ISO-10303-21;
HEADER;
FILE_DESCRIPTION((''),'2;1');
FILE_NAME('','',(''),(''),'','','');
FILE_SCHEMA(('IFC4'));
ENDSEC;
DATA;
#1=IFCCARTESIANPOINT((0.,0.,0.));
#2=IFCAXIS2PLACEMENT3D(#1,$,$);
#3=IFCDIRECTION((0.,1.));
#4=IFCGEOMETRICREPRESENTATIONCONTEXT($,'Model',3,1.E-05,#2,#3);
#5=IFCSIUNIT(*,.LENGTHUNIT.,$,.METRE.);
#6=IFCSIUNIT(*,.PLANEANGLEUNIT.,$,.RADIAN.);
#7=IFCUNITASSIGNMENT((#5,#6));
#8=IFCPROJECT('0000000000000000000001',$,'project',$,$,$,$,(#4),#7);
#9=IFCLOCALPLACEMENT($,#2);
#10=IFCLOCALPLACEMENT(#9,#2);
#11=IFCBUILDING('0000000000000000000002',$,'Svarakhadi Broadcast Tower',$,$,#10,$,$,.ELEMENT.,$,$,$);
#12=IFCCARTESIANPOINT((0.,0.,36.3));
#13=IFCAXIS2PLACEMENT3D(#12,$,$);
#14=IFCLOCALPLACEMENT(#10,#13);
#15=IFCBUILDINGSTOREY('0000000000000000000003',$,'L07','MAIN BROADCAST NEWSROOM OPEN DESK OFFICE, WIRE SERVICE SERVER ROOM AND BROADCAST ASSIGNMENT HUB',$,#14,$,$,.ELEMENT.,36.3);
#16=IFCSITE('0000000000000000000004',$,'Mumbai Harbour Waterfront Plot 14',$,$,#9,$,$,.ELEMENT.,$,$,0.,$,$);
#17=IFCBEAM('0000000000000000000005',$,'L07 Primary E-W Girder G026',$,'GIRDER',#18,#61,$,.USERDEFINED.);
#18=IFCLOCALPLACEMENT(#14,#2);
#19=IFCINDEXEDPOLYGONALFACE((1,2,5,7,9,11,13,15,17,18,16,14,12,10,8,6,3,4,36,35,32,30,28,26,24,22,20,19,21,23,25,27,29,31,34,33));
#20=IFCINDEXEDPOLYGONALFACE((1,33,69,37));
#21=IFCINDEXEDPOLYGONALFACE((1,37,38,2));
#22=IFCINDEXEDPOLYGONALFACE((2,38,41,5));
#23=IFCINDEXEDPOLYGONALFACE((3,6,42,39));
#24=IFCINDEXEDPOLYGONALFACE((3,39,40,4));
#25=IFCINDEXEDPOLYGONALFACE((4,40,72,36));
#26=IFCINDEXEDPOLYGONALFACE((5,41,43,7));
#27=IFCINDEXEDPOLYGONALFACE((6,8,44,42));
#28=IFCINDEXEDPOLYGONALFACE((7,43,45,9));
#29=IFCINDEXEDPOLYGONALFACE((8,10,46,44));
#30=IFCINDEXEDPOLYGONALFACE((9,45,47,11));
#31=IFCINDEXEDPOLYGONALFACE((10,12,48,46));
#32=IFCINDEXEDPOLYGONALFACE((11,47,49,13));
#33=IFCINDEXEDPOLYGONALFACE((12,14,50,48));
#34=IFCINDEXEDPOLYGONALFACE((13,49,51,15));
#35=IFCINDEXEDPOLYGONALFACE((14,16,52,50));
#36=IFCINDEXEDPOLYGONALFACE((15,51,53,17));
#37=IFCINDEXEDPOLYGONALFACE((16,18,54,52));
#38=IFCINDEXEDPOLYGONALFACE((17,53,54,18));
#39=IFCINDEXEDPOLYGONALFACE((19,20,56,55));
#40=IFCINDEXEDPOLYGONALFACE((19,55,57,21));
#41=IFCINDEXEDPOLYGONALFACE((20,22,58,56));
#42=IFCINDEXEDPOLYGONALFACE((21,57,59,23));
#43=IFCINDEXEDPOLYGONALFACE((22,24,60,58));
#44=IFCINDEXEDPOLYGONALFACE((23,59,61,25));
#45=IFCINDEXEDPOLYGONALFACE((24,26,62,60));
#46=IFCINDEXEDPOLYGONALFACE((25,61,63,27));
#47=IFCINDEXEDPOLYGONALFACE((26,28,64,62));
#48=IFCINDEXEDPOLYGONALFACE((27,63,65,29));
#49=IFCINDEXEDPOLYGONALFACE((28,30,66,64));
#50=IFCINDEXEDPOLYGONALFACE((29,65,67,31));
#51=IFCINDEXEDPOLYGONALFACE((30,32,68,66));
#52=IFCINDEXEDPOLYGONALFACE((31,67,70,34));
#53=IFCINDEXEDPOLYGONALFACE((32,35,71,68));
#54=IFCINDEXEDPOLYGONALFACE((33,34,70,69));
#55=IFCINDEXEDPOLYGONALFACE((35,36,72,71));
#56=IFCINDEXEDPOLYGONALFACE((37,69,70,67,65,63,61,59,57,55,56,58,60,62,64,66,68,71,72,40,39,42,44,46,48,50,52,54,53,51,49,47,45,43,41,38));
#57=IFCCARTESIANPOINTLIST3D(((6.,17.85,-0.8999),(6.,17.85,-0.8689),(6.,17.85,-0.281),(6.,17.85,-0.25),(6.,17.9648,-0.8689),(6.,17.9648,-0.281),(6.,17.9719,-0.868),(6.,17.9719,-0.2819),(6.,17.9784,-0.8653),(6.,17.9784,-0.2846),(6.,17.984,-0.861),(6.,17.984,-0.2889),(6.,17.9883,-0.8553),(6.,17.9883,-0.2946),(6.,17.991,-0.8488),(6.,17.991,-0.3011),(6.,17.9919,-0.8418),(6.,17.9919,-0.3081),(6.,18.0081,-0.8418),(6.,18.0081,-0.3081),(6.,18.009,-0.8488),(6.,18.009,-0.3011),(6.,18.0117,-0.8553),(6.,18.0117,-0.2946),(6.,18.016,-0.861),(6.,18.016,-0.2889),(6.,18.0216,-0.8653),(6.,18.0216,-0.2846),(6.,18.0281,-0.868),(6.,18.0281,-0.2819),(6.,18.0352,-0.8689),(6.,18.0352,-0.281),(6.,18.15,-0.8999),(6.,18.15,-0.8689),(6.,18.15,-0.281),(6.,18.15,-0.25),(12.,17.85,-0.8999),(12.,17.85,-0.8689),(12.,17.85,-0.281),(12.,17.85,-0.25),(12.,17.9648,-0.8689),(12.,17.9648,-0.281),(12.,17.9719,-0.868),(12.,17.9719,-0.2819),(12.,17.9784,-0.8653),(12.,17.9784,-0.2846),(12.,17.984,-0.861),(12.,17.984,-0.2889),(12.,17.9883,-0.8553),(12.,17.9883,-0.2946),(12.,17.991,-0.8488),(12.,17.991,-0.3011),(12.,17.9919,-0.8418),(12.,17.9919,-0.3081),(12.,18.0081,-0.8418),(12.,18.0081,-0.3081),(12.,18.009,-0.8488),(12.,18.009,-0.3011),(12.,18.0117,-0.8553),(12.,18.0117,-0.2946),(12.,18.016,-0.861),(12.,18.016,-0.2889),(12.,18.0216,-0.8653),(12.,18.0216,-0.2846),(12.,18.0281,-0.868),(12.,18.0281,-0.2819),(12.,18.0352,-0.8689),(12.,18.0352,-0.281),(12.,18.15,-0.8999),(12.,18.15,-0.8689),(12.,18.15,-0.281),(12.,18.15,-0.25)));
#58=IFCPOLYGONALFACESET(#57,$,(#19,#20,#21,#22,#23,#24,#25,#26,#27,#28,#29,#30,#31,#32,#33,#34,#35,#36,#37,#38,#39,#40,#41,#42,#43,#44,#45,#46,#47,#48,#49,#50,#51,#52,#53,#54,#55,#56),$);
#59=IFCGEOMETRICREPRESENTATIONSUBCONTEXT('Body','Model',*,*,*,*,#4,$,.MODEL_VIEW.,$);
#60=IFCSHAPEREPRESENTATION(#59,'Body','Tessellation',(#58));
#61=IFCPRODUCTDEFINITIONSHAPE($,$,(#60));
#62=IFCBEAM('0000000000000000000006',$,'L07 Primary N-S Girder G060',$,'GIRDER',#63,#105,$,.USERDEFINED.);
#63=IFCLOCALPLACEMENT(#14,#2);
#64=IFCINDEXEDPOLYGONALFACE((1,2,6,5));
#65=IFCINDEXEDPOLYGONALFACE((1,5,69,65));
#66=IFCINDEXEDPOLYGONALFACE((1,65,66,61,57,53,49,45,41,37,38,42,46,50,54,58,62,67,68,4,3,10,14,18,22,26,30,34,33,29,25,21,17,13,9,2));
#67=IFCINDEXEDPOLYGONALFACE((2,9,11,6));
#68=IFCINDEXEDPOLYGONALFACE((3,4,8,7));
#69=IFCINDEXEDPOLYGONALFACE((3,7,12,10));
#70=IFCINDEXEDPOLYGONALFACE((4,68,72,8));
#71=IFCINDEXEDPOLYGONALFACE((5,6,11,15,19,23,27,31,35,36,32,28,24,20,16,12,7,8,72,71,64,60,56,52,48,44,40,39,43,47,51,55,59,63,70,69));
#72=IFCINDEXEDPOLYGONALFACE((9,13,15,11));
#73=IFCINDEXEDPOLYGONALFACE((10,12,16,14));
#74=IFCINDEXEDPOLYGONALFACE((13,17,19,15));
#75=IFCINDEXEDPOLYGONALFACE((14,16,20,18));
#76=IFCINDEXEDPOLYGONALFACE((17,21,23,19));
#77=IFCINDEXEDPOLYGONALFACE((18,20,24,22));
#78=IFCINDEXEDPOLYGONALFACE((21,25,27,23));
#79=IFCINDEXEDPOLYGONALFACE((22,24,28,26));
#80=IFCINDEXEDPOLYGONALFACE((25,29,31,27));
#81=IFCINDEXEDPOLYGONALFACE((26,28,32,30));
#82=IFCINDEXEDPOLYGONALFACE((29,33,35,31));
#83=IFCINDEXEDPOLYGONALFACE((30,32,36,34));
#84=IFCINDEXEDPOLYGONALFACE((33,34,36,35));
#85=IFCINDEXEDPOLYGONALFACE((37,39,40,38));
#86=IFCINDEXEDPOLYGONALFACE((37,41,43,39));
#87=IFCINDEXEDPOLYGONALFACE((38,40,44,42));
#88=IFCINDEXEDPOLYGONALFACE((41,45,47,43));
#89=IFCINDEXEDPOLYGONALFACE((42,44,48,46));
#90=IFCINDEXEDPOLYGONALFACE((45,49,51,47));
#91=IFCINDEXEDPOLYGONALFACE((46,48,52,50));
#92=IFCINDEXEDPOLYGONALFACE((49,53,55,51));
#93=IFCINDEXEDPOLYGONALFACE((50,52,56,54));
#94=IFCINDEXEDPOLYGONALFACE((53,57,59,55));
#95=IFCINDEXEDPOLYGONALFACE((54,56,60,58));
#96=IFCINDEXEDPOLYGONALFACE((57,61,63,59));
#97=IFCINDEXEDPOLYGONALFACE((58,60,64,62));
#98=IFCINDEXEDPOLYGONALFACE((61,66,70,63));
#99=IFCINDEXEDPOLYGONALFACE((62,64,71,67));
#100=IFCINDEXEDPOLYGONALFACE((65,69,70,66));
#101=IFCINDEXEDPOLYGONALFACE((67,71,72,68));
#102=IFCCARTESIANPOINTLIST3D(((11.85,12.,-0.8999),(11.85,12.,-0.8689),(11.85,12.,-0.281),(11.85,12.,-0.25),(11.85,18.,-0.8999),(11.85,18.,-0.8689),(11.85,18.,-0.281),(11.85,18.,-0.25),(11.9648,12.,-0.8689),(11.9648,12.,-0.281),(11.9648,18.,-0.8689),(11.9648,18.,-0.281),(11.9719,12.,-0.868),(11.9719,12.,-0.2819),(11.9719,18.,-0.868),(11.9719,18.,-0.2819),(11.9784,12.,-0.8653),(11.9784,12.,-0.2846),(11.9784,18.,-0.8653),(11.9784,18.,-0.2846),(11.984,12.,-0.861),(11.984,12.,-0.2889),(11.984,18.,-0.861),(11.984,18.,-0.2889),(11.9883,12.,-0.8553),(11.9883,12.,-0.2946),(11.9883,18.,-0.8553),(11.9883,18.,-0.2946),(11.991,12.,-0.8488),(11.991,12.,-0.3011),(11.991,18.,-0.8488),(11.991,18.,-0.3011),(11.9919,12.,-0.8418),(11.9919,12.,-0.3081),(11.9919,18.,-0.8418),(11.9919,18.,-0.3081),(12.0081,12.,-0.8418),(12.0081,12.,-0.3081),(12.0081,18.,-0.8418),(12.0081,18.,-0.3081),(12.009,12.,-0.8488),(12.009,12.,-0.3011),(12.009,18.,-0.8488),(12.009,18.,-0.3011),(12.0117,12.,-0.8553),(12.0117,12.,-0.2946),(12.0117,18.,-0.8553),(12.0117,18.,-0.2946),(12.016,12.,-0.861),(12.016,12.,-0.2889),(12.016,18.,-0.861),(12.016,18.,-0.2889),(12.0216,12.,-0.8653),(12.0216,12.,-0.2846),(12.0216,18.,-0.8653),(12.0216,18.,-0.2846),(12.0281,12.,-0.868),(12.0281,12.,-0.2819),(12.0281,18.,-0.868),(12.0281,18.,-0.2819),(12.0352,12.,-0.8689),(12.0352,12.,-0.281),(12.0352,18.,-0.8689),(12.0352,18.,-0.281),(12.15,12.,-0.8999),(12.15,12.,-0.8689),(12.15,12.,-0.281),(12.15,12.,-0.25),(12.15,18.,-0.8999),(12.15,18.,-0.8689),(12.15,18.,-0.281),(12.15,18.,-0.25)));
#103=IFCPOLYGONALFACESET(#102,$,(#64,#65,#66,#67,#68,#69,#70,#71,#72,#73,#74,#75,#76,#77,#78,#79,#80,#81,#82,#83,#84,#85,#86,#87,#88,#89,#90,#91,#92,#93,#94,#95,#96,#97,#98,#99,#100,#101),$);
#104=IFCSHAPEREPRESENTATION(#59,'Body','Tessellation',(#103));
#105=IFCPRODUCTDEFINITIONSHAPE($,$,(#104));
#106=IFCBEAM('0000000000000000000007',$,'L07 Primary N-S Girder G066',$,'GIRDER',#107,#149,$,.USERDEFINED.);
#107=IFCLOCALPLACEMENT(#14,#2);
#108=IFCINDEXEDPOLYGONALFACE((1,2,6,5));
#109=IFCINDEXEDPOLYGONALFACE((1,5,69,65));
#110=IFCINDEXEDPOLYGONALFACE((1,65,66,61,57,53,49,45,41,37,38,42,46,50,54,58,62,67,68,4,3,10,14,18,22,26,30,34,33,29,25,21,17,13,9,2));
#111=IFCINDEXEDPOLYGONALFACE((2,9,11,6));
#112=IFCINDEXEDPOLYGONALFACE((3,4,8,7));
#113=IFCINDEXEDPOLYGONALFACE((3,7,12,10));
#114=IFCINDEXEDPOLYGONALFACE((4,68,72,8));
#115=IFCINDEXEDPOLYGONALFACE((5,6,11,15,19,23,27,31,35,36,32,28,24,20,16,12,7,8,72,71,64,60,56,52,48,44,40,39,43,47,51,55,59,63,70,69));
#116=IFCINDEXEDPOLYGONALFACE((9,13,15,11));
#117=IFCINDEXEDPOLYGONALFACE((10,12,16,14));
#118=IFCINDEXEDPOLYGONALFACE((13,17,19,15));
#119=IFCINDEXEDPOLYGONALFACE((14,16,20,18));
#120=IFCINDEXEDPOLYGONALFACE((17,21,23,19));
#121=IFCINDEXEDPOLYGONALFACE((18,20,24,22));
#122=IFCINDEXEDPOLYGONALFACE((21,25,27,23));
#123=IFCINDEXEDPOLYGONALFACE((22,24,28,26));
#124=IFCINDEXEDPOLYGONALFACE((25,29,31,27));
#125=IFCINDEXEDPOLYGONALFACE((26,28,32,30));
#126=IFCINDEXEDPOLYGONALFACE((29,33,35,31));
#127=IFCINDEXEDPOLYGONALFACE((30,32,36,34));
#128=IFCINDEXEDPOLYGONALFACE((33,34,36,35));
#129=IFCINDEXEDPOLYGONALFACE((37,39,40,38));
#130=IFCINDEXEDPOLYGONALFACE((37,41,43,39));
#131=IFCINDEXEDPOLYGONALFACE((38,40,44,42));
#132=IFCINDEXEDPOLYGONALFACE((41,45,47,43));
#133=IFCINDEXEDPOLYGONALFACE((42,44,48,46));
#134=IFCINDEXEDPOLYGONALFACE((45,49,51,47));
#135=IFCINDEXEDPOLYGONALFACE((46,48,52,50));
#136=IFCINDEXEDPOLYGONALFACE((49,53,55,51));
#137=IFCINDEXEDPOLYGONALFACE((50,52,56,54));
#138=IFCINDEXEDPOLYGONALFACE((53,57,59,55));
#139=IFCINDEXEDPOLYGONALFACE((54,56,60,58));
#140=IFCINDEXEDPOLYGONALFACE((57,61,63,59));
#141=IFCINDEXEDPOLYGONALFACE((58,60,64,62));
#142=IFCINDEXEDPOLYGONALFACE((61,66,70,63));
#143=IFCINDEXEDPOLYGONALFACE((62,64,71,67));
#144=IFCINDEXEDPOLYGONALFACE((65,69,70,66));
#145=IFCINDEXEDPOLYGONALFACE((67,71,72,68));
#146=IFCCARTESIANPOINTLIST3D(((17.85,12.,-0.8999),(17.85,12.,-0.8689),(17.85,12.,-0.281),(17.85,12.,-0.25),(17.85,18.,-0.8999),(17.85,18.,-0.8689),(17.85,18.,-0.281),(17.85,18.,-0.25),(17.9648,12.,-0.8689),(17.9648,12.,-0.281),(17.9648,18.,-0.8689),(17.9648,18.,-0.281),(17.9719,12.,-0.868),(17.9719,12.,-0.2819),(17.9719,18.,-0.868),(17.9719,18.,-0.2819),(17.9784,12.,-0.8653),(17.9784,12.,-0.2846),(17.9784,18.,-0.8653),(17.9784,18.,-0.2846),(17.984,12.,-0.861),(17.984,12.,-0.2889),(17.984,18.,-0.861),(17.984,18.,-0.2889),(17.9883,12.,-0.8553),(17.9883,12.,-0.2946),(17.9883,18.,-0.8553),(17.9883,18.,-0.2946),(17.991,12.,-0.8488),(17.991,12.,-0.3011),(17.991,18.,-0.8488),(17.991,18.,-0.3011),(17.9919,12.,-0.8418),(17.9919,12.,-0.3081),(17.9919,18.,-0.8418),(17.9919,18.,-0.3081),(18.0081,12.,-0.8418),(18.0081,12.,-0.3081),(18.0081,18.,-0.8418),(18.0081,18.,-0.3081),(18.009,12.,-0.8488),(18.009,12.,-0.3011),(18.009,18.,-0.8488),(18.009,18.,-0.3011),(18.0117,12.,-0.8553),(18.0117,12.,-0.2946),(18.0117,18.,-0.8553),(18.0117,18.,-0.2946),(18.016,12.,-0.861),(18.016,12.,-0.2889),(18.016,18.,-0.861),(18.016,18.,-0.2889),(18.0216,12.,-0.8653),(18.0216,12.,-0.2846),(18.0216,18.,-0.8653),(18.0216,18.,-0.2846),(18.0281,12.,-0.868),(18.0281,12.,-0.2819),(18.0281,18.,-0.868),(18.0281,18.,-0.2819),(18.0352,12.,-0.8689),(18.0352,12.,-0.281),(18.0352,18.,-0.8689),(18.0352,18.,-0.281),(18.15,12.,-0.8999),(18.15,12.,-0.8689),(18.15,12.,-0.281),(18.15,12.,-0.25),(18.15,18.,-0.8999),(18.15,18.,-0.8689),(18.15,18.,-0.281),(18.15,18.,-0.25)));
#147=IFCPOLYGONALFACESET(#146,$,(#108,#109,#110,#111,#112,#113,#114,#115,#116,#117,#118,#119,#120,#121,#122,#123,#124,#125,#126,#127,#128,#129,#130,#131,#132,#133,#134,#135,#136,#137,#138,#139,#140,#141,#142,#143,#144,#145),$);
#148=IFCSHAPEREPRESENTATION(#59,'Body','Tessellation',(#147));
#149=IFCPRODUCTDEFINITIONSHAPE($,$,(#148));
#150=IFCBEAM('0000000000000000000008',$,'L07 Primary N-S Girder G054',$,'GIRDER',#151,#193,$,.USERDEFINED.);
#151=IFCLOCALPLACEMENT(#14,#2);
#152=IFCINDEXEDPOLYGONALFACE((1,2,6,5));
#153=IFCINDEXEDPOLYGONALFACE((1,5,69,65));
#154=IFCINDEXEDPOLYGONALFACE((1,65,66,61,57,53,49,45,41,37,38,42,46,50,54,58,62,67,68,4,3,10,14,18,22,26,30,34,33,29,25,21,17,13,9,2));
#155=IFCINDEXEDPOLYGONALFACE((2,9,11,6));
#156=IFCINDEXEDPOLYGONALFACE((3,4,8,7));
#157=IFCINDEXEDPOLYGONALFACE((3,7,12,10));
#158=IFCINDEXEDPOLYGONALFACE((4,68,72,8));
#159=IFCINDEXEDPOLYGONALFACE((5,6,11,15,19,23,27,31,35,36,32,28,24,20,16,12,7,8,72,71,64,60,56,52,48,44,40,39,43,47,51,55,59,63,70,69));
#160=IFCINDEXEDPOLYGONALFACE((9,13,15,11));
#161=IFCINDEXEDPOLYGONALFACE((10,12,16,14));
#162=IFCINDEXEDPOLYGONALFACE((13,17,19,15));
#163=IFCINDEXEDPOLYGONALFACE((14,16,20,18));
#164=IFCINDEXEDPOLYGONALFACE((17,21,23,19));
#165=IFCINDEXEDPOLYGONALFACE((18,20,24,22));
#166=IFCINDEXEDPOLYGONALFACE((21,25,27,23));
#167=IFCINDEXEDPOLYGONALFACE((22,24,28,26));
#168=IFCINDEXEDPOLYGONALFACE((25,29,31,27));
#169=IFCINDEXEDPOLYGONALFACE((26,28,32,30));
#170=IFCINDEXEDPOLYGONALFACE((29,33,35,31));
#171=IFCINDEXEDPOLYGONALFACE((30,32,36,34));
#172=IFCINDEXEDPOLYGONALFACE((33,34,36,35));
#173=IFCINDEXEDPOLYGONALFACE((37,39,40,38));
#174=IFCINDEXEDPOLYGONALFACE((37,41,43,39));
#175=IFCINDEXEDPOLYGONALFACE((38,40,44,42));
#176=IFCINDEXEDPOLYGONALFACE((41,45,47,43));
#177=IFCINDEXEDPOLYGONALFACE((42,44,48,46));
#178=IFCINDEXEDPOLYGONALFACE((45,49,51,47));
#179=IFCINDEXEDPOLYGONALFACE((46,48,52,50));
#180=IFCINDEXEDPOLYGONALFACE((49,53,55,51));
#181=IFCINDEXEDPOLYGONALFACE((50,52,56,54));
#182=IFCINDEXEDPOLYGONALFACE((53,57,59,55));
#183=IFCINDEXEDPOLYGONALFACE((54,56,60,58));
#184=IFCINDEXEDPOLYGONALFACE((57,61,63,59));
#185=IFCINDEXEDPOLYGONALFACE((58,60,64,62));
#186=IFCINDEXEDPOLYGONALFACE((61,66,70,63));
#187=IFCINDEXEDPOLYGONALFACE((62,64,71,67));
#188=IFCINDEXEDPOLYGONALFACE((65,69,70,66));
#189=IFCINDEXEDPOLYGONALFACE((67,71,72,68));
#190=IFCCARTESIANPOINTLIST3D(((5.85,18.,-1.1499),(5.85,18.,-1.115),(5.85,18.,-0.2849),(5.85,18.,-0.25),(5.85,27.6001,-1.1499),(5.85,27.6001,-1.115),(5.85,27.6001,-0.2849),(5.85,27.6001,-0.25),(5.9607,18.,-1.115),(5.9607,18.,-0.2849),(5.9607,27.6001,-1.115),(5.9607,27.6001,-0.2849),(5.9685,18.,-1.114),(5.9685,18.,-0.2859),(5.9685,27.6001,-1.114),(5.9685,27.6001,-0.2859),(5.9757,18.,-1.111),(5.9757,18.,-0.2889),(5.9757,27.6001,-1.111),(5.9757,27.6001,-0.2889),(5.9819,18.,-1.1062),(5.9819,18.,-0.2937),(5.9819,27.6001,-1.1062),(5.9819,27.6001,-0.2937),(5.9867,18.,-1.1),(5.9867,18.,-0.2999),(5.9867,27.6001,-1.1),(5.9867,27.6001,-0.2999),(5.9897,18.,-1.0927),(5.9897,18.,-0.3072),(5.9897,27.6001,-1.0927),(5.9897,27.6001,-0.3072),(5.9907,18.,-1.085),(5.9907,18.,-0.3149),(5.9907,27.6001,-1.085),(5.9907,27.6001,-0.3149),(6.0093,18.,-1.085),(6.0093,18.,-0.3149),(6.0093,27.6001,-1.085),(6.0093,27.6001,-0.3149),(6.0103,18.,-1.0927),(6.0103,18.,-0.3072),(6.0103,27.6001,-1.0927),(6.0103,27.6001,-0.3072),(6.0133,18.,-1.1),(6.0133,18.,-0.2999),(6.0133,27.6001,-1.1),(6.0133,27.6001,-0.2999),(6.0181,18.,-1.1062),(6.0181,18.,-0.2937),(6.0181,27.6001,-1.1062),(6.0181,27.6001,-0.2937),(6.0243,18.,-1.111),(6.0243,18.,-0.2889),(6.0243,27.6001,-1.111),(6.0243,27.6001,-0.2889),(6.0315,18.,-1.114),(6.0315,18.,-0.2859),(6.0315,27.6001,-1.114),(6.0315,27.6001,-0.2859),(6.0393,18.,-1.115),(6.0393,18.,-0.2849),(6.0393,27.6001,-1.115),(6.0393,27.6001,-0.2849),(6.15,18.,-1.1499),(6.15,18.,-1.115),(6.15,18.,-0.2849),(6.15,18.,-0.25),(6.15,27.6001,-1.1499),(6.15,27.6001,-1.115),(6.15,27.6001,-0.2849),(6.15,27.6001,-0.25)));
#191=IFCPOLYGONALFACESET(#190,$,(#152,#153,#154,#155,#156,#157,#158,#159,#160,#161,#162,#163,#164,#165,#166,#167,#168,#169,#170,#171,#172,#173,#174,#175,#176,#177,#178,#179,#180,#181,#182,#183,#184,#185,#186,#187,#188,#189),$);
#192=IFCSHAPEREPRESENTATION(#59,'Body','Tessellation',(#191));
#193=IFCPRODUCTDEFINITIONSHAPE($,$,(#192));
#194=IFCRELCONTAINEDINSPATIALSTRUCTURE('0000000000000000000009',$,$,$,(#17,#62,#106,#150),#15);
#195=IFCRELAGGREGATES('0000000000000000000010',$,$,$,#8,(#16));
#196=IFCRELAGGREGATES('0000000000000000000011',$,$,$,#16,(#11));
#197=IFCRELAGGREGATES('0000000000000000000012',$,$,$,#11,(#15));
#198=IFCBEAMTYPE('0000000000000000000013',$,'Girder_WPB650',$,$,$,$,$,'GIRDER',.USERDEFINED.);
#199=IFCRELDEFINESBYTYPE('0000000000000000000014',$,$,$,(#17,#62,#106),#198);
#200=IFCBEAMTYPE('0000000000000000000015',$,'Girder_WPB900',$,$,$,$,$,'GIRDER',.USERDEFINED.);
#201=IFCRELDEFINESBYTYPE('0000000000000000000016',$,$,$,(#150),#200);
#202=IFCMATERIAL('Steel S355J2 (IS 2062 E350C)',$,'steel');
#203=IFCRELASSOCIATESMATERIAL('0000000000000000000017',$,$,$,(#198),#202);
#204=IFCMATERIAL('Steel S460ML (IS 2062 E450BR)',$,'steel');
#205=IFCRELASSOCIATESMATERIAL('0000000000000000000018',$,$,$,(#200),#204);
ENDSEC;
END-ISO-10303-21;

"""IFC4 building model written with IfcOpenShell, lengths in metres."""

from ifc_helpers import new_model, si_unit, direction, frame, origin, origin_2d, place, context, subcontext, project, spatial, i_section, extrude, material, material_profile, profile_set, type_object, element, save


model = new_model("IFC4")

# Units and contexts
model_context = context("Model", 3, precision=1e-05, world=origin(), true_north=direction((0.0, 1.0)))
body_context = subcontext(model_context, "Body", "Model", "MODEL_VIEW")
ifc_project = project(units=[si_unit("LENGTHUNIT", "METRE"), si_unit("PLANEANGLEUNIT", "RADIAN")], contexts=[model_context])

# Site, building, storey
site_placement = place(None, origin())
site = spatial("IfcSite", under=ifc_project, at=site_placement, Name="Mumbai Harbour Waterfront Plot 14", CompositionType="ELEMENT", RefElevation=0.0)
building_placement = place(site_placement, origin())
building = spatial("IfcBuilding", under=site, at=building_placement, Name="Svarakhadi Broadcast Tower", CompositionType="ELEMENT")
storey_placement = place(building_placement, frame((0.0, 0.0, 36.3)))
storey = spatial("IfcBuildingStorey", under=building, at=storey_placement, Name="L07", Description="MAIN BROADCAST NEWSROOM OPEN DESK OFFICE, WIRE SERVICE SERVER ROOM AND BROADCAST ASSIGNMENT HUB", CompositionType="ELEMENT", Elevation=36.3)

# Shared definitions
ifc_material_1 = material(Name="Steel S460ML (IS 2062 E450BR)", Category="steel")

# Beams
ifc_material_2 = material(Name="Steel S355J2 (IS 2062 E350C)", Category="steel")
ifc_material_profile_1 = material_profile(ifc_material_2, i_section(OverallWidth=0.3, OverallDepth=0.6499, WebThickness=0.0161, FlangeThickness=0.031, FilletRadius=0.0271, at=origin_2d()), Name="WPB 650x300x225")
ifc_profile_set_1 = profile_set([ifc_material_profile_1], Name="Steel S355J2 (IS 2062 E350C)")
beam_type_1 = type_object("IfcBeamType", Name="Girder_WPB650", ElementType="GIRDER", PredefinedType="USERDEFINED", material=ifc_profile_set_1)
for number, where, z_axis, x_axis, name in (
    (1, (6.0, 18.0, -0.575), (1.0, 0.0, 0.0), (0.0, 1.0, 0.0), "L07 Primary E-W Girder G026"),
    (2, (12.0, 12.0, -0.575), (0.0, 1.0, 0.0), (-1.0, 0.0, 0.0), "L07 Primary N-S Girder G060"),
    (3, (18.0, 12.0, -0.575), (0.0, 1.0, 0.0), (-1.0, 0.0, 0.0), "L07 Primary N-S Girder G066"),
):
    element("IfcBeam", number, at=place(storey_placement, frame(where, z_axis=z_axis, x_axis=x_axis)), inside=storey, type_object=beam_type_1, Name=name, ObjectType="GIRDER", PredefinedType="USERDEFINED", context=body_context, shape_type="SweptSolid", body=[
        extrude(i_section(OverallWidth=0.3, OverallDepth=0.6499, WebThickness=0.0161, FlangeThickness=0.031, FilletRadius=0.0271, at=origin_2d()), origin(), (0.0, 0.0, 1.0), 6.0),
    ])
ifc_material_profile_2 = material_profile(ifc_material_1, i_section(OverallWidth=0.3, OverallDepth=0.8999, WebThickness=0.0186, FlangeThickness=0.0349, FilletRadius=0.03, at=origin_2d()), Name="WPB 900x300x291")
ifc_profile_set_2 = profile_set([ifc_material_profile_2], Name="Steel S460ML (IS 2062 E450BR)")
beam_type_2 = type_object("IfcBeamType", Name="Girder_WPB900", ElementType="GIRDER", PredefinedType="USERDEFINED", material=ifc_profile_set_2)
beam_placement = place(storey_placement, frame((6.0, 18.0, -0.7), z_axis=(0.0, 1.0, 0.0), x_axis=(-1.0, 0.0, 0.0)))
element("IfcBeam", 4, at=beam_placement, inside=storey, type_object=beam_type_2, Name="L07 Primary N-S Girder G054", ObjectType="GIRDER", PredefinedType="USERDEFINED", context=body_context, shape_type="SweptSolid", body=[
    extrude(i_section(OverallWidth=0.3, OverallDepth=0.8999, WebThickness=0.0186, FlangeThickness=0.0349, FilletRadius=0.03, at=origin_2d()), origin(), (0.0, 0.0, 1.0), 9.6001),
])

save(model, "model.ifc")
